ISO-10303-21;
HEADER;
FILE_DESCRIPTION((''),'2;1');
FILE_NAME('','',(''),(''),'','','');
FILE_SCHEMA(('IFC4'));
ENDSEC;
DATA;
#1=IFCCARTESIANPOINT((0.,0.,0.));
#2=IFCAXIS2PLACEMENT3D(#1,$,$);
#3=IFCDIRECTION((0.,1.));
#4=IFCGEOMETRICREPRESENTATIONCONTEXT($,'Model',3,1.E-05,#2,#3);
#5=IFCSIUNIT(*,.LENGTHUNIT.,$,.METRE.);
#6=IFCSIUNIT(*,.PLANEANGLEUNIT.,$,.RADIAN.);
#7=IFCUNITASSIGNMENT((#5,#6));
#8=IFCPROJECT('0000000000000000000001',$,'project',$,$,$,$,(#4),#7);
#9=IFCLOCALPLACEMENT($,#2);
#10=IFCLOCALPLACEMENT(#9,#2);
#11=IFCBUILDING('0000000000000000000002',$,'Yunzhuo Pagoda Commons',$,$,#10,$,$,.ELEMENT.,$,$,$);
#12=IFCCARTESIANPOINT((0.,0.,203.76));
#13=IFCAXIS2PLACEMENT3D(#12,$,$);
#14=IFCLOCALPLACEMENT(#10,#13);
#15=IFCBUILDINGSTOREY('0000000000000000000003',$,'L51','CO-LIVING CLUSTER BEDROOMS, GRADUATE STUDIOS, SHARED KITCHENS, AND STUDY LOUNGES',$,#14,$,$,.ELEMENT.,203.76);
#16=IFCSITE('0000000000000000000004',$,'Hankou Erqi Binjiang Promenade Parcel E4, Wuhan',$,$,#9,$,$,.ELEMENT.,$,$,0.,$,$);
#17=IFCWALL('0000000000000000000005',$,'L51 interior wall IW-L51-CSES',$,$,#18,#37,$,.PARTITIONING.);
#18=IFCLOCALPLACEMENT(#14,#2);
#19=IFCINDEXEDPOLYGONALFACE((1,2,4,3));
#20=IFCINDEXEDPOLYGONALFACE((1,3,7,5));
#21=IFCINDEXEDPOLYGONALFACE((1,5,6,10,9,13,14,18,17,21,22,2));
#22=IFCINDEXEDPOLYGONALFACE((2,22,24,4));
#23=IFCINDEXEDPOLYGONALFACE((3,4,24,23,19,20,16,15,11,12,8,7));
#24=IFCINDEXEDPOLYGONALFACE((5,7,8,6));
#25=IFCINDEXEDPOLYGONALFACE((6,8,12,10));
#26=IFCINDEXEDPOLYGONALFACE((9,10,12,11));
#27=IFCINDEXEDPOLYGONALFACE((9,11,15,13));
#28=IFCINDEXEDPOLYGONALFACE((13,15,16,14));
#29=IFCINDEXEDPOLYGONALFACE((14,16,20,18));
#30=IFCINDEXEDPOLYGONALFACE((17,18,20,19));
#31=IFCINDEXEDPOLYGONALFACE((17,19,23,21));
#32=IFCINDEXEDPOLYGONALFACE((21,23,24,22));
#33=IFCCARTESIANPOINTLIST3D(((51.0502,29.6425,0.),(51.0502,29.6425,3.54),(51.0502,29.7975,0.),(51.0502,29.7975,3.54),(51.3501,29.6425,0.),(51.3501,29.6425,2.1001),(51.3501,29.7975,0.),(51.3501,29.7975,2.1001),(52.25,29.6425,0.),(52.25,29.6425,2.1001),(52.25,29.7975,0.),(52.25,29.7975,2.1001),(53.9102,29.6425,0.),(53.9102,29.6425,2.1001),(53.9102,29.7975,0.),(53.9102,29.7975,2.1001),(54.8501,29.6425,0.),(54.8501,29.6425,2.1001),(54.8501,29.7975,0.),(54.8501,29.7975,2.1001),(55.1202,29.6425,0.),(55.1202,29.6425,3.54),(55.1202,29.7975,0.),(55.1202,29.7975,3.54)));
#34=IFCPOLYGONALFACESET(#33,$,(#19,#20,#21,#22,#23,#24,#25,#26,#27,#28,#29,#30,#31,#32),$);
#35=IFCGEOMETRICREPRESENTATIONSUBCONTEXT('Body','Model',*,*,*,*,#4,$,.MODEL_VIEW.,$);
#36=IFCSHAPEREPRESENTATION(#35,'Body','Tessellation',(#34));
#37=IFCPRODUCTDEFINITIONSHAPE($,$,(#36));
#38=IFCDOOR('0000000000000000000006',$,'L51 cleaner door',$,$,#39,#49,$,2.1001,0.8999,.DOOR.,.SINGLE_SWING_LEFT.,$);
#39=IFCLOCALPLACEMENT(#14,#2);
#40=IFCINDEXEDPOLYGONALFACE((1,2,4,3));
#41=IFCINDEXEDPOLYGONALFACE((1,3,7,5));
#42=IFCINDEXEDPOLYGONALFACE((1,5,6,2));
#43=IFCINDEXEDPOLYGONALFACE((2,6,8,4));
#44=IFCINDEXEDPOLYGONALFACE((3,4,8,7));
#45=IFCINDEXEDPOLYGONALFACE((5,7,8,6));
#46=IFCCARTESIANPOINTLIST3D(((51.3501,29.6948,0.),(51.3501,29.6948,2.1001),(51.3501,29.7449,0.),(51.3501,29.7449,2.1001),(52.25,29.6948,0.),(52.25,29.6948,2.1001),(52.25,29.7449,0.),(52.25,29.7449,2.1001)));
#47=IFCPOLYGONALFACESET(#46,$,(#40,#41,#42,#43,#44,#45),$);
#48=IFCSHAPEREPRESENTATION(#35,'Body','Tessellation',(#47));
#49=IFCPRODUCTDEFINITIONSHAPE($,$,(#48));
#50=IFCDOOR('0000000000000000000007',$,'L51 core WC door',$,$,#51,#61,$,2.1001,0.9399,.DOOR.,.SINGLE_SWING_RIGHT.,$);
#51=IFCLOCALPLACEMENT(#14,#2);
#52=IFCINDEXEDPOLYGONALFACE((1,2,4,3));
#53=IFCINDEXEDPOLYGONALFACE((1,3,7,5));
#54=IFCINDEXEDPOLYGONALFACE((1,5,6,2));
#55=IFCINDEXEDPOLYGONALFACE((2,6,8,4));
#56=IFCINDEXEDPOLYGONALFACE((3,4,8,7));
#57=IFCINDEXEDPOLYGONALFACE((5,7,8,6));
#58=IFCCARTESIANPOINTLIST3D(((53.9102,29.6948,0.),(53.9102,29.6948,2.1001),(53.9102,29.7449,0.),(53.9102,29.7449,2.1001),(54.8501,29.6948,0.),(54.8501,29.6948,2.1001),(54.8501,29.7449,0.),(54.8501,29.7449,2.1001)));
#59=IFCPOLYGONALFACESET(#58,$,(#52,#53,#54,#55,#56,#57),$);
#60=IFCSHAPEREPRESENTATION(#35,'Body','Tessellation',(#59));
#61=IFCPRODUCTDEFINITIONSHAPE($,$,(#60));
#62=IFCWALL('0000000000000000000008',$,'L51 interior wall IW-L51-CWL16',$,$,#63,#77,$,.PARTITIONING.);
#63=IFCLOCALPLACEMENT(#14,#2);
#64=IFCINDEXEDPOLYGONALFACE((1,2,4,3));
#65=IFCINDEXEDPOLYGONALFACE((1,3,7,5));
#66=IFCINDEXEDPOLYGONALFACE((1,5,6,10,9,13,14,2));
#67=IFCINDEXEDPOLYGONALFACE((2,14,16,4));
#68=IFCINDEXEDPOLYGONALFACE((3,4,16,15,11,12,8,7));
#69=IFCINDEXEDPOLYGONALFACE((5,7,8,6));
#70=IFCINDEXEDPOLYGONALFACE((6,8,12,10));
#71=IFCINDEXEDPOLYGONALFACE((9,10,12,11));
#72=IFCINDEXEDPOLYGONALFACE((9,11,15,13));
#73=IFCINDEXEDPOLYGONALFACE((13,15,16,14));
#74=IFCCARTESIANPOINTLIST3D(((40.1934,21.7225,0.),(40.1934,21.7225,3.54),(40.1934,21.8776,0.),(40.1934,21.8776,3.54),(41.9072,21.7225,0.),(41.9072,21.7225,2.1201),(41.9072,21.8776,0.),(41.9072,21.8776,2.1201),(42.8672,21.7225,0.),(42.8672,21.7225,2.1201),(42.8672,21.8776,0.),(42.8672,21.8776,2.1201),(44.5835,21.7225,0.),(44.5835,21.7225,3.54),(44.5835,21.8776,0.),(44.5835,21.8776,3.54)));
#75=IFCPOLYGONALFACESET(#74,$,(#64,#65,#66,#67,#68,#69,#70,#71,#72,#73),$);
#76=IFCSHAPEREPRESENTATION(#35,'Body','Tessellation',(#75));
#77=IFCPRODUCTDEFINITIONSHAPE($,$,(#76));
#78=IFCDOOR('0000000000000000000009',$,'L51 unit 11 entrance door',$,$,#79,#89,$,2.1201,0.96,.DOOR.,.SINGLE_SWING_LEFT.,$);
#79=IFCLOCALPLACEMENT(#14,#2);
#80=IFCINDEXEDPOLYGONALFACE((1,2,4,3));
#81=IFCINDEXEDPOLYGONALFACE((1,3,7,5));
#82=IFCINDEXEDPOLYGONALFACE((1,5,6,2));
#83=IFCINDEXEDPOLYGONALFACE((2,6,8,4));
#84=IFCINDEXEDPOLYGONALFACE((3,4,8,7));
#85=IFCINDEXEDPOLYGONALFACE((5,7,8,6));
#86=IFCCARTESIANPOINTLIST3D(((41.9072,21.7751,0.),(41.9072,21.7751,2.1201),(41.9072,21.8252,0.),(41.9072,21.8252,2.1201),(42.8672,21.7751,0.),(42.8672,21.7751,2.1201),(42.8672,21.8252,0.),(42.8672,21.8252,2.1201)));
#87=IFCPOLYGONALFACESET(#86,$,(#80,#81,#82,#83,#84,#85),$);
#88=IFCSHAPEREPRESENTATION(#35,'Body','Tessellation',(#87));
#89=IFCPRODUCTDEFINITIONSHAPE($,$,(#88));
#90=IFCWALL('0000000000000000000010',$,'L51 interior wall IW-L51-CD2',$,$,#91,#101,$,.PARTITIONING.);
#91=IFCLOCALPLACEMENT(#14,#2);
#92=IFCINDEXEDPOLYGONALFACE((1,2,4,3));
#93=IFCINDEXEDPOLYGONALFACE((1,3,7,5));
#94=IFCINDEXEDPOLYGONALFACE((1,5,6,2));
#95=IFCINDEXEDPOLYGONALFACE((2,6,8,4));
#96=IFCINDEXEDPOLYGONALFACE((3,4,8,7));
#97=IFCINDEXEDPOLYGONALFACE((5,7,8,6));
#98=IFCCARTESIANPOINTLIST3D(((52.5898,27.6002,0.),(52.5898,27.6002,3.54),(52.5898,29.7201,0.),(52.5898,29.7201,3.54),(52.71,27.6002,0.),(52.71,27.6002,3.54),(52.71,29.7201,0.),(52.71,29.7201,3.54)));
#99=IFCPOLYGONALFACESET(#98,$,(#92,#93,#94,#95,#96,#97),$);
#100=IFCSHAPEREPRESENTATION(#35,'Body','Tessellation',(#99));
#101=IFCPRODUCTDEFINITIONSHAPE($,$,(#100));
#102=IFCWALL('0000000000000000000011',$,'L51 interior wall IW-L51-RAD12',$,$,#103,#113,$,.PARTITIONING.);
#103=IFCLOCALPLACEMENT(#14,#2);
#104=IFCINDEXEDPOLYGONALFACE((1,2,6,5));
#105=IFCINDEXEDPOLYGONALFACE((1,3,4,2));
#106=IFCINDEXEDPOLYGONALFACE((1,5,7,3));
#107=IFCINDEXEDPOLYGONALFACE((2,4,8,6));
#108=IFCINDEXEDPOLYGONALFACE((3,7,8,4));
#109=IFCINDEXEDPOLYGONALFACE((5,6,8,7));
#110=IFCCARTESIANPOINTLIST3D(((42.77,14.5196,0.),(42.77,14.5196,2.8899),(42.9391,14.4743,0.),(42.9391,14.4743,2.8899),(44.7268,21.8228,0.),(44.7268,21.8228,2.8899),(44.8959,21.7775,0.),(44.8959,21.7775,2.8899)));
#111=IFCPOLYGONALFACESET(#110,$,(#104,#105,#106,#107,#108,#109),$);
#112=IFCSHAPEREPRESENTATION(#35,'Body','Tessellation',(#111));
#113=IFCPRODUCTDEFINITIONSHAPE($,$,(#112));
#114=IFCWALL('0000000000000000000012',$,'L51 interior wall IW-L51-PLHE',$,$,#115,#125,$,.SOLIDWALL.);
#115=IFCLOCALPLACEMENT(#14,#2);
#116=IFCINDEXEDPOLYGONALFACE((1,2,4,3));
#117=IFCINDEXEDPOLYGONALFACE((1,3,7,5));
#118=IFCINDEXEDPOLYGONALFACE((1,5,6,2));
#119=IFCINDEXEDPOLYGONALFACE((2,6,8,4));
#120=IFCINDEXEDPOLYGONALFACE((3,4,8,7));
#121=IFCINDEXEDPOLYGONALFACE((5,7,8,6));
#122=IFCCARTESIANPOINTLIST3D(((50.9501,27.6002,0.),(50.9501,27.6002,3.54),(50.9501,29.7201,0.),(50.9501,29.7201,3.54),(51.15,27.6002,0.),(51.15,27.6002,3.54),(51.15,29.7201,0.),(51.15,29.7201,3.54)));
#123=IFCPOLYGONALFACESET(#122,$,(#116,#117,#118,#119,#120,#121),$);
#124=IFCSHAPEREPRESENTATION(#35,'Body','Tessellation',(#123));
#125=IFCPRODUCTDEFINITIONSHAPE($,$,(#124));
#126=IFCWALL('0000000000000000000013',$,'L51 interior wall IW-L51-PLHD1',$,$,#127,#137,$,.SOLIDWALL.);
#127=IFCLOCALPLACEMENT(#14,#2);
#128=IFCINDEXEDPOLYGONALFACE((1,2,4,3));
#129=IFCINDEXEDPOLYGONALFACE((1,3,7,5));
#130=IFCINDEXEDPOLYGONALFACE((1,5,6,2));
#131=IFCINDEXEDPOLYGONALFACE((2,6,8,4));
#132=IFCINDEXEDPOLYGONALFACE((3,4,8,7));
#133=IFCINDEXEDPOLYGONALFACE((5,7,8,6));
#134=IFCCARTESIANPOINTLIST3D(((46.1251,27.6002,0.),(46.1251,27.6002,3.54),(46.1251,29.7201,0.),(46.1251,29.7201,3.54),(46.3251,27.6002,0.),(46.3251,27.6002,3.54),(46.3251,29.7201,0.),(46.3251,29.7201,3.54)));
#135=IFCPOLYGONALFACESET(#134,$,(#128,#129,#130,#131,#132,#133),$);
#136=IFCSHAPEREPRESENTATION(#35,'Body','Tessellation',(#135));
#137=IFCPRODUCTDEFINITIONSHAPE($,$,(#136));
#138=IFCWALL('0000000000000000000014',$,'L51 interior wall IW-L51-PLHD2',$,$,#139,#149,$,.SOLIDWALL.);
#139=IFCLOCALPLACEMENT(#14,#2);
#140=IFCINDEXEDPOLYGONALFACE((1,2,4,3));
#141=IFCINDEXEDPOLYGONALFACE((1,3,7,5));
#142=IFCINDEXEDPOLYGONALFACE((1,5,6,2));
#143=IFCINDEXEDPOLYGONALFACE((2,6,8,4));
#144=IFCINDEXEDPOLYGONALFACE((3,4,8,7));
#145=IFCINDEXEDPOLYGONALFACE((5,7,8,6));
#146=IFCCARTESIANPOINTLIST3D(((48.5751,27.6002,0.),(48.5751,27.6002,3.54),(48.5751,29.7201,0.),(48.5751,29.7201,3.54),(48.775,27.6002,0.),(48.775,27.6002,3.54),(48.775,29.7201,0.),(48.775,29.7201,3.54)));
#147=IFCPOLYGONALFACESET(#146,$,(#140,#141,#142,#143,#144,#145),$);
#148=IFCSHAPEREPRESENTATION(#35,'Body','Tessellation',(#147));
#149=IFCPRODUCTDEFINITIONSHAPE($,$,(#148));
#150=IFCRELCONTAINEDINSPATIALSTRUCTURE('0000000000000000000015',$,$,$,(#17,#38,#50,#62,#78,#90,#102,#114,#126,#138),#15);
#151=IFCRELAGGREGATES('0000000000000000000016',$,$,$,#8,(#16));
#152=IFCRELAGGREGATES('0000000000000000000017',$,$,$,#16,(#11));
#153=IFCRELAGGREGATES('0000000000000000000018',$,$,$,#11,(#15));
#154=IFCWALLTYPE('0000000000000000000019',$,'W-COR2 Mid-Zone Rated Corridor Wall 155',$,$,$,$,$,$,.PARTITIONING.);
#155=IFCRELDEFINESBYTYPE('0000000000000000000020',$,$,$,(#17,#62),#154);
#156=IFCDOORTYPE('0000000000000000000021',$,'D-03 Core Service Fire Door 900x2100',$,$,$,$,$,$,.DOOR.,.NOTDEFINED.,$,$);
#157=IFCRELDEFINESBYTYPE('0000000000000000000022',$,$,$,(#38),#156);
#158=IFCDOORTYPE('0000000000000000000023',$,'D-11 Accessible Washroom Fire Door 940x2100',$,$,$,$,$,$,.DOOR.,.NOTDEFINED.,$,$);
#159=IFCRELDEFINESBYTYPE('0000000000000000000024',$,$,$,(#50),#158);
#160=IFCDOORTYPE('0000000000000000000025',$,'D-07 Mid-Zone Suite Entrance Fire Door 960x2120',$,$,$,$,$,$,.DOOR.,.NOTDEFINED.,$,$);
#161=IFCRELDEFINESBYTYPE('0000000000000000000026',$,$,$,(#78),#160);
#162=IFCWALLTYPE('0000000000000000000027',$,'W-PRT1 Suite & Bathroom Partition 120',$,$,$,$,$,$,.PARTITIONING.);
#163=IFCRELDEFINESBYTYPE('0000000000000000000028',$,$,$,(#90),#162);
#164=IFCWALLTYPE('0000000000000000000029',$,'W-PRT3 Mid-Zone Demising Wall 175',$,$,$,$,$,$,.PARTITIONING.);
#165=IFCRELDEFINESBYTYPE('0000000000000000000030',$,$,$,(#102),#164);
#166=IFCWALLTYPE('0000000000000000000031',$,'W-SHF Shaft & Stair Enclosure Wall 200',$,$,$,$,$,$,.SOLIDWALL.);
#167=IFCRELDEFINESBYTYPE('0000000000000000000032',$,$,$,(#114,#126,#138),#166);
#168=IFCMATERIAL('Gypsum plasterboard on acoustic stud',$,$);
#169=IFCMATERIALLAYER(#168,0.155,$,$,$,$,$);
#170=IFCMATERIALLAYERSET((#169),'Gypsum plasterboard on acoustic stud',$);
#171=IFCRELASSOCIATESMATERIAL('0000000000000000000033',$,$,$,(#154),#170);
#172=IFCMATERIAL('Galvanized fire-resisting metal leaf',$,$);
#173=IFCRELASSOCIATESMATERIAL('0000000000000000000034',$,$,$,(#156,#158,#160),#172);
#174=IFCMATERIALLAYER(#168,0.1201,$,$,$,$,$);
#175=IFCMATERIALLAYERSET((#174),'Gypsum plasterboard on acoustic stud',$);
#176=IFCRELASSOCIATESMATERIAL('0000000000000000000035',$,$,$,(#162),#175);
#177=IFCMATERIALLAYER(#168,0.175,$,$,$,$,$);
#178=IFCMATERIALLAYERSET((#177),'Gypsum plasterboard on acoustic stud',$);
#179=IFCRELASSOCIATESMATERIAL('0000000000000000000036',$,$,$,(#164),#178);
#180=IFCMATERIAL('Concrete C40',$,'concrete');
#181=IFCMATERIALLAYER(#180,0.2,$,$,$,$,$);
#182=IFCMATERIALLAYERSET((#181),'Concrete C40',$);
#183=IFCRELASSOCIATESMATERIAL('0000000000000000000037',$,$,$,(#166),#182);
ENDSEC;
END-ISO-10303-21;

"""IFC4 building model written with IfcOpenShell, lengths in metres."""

from ifc_helpers import new_model, si_unit, direction, frame, frame_2d, origin, origin_with_axes, place, context, subcontext, project, spatial, rectangle, extrude, source, transform, mapped, material, layer, layer_set, type_object, element, fill, save


model = new_model("IFC4")

# Units and contexts
model_context = context("Model", 3, precision=1e-05, world=origin(), true_north=direction((0.0, 1.0)))
body_context = subcontext(model_context, "Body", "Model", "MODEL_VIEW")
ifc_project = project(units=[si_unit("LENGTHUNIT", "METRE"), si_unit("PLANEANGLEUNIT", "RADIAN")], contexts=[model_context])

# Site, building, storey
site_placement = place(None, origin())
site = spatial("IfcSite", under=ifc_project, at=site_placement, Name="Hankou Erqi Binjiang Promenade Parcel E4, Wuhan", CompositionType="ELEMENT", RefElevation=0.0)
building_placement = place(site_placement, origin())
building = spatial("IfcBuilding", under=site, at=building_placement, Name="Yunzhuo Pagoda Commons", CompositionType="ELEMENT")
storey_placement = place(building_placement, frame((0.0, 0.0, 203.76)))
storey = spatial("IfcBuildingStorey", under=building, at=storey_placement, Name="L51", Description="CO-LIVING CLUSTER BEDROOMS, GRADUATE STUDIOS, SHARED KITCHENS, AND STUDY LOUNGES", CompositionType="ELEMENT", Elevation=203.76)

# Wall, openings, doors
ifc_material_1 = material(Name="Gypsum plasterboard on acoustic stud")
ifc_layer_1 = layer(ifc_material_1, 0.155)
ifc_layer_set_1 = layer_set([ifc_layer_1], Name="Gypsum plasterboard on acoustic stud")
wall_type_1 = type_object("IfcWallType", Name="W-COR2 Mid-Zone Rated Corridor Wall 155", PredefinedType="PARTITIONING", material=ifc_layer_set_1)
wall_1_placement = place(storey_placement, frame((51.05, 29.72, 0.0), z_axis=(0.0, 0.0, 1.0), x_axis=(1.0, 0.0, 0.0)))
wall_1 = element("IfcWall", 1, at=wall_1_placement, inside=storey, type_object=wall_type_1, Name="L51 interior wall IW-L51-CSES", PredefinedType="PARTITIONING", context=body_context, shape_type="SweptSolid", body=[
    extrude(rectangle(XDim=4.0701, YDim=0.155, at=frame_2d((2.0352, 0.0))), origin(), (0.0, 0.0, 1.0), 3.54),
])
opening_1_placement = place(wall_1_placement, frame((0.3, 0.0, 0.0)))
opening_1 = element("IfcOpeningElement", 2, at=opening_1_placement, cuts=wall_1, PredefinedType="OPENING", context=body_context, shape_type="SweptSolid", body=[
    extrude(rectangle(XDim=0.8999, YDim=2.1001, at=frame_2d((0.45, 1.05))), frame((0.0, 0.0874, 0.0), z_axis=(0.0, -1.0, 0.0), x_axis=(1.0, 0.0, 0.0)), (0.0, 0.0, 1.0), 0.175),
])
opening_2_placement = place(wall_1_placement, frame((2.8601, 0.0, 0.0)))
opening_2 = element("IfcOpeningElement", 3, at=opening_2_placement, cuts=wall_1, PredefinedType="OPENING", context=body_context, shape_type="SweptSolid", body=[
    extrude(rectangle(XDim=0.9399, YDim=2.1001, at=frame_2d((0.47, 1.05))), frame((0.0, 0.0874, 0.0), z_axis=(0.0, -1.0, 0.0), x_axis=(1.0, 0.0, 0.0)), (0.0, 0.0, 1.0), 0.175),
])
ifc_material_2 = material(Name="Galvanized fire-resisting metal leaf")
door_type_1 = type_object("IfcDoorType", Name="D-03 Core Service Fire Door 900x2100", OperationType="NOTDEFINED", PredefinedType="DOOR", material=ifc_material_2)
shared_shape_1 = source(origin(), body_context, "Body", "SweptSolid", [
    extrude(rectangle(XDim=0.8999, YDim=2.1001, at=frame_2d((0.45, 1.05))), frame((0.0, 0.0249, 0.0), z_axis=(0.0, -1.0, 0.0), x_axis=(1.0, 0.0, 0.0)), (0.0, 0.0, 1.0), 0.05),
])
door_1_placement = place(opening_1_placement, origin_with_axes())
door_1 = element("IfcDoor", 4, at=door_1_placement, inside=storey, type_object=door_type_1, Name="L51 cleaner door", OperationType="SINGLE_SWING_LEFT", OverallHeight=2.1001, OverallWidth=0.8999, PredefinedType="DOOR", context=body_context, shape_type="MappedRepresentation", body=[
    mapped(shared_shape_1, transform((0.0, 0.0, 0.0), scale=1.0)),
])
fill(opening_1, door_1)
door_type_2 = type_object("IfcDoorType", Name="D-11 Accessible Washroom Fire Door 940x2100", OperationType="NOTDEFINED", PredefinedType="DOOR", material=ifc_material_2)
shared_shape_2 = source(origin(), body_context, "Body", "SweptSolid", [
    extrude(rectangle(XDim=0.9399, YDim=2.1001, at=frame_2d((0.47, 1.05))), frame((0.0, 0.0249, 0.0), z_axis=(0.0, -1.0, 0.0), x_axis=(1.0, 0.0, 0.0)), (0.0, 0.0, 1.0), 0.05),
])
door_2_placement = place(opening_2_placement, origin_with_axes())
door_2 = element("IfcDoor", 5, at=door_2_placement, inside=storey, type_object=door_type_2, Name="L51 core WC door", OperationType="SINGLE_SWING_RIGHT", OverallHeight=2.1001, OverallWidth=0.9399, PredefinedType="DOOR", context=body_context, shape_type="MappedRepresentation", body=[
    mapped(shared_shape_2, transform((0.0, 0.0, 0.0), scale=1.0)),
])
fill(opening_2, door_2)

# Wall, opening, door
wall_2_placement = place(storey_placement, frame((44.5835, 21.8, 0.0), z_axis=(0.0, 0.0, 1.0), x_axis=(-1.0, 0.0, 0.0)))
wall_2 = element("IfcWall", 6, at=wall_2_placement, inside=storey, type_object=wall_type_1, Name="L51 interior wall IW-L51-CWL16", PredefinedType="PARTITIONING", context=body_context, shape_type="SweptSolid", body=[
    extrude(rectangle(XDim=4.3901, YDim=0.155, at=frame_2d((2.1951, 0.0))), origin(), (0.0, 0.0, 1.0), 3.54),
])
opening_3_placement = place(wall_2_placement, frame((1.7163, 0.0, 0.0)))
opening_3 = element("IfcOpeningElement", 7, at=opening_3_placement, cuts=wall_2, PredefinedType="OPENING", context=body_context, shape_type="SweptSolid", body=[
    extrude(rectangle(XDim=0.96, YDim=2.1201, at=frame_2d((0.48, 1.0601))), frame((0.0, 0.0874, 0.0), z_axis=(0.0, -1.0, 0.0), x_axis=(1.0, 0.0, 0.0)), (0.0, 0.0, 1.0), 0.175),
])
door_type_3 = type_object("IfcDoorType", Name="D-07 Mid-Zone Suite Entrance Fire Door 960x2120", OperationType="NOTDEFINED", PredefinedType="DOOR", material=ifc_material_2)
shared_shape_3 = source(origin(), body_context, "Body", "SweptSolid", [
    extrude(rectangle(XDim=0.96, YDim=2.1201, at=frame_2d((0.48, 1.0601))), frame((0.0, 0.0249, 0.0), z_axis=(0.0, -1.0, 0.0), x_axis=(1.0, 0.0, 0.0)), (0.0, 0.0, 1.0), 0.05),
])
door_3_placement = place(opening_3_placement, origin_with_axes())
door_3 = element("IfcDoor", 8, at=door_3_placement, inside=storey, type_object=door_type_3, Name="L51 unit 11 entrance door", OperationType="SINGLE_SWING_LEFT", OverallHeight=2.1201, OverallWidth=0.96, PredefinedType="DOOR", context=body_context, shape_type="MappedRepresentation", body=[
    mapped(shared_shape_3, transform((0.0, 0.0, 0.0), scale=1.0)),
])
fill(opening_3, door_3)

# Walls
ifc_layer_2 = layer(ifc_material_1, 0.1201)
ifc_layer_set_2 = layer_set([ifc_layer_2], Name="Gypsum plasterboard on acoustic stud")
wall_type_2 = type_object("IfcWallType", Name="W-PRT1 Suite & Bathroom Partition 120", PredefinedType="PARTITIONING", material=ifc_layer_set_2)
wall_3_placement = place(storey_placement, frame((52.6499, 27.6001, 0.0), z_axis=(0.0, 0.0, 1.0), x_axis=(0.0, 1.0, 0.0)))
element("IfcWall", 9, at=wall_3_placement, inside=storey, type_object=wall_type_2, Name="L51 interior wall IW-L51-CD2", PredefinedType="PARTITIONING", context=body_context, shape_type="SweptSolid", body=[
    extrude(rectangle(XDim=2.1199, YDim=0.1201, at=frame_2d((1.0601, 0.0))), origin(), (0.0, 0.0, 1.0), 3.54),
])
ifc_layer_3 = layer(ifc_material_1, 0.175)
ifc_layer_set_3 = layer_set([ifc_layer_3], Name="Gypsum plasterboard on acoustic stud")
wall_type_3 = type_object("IfcWallType", Name="W-PRT3 Mid-Zone Demising Wall 175", PredefinedType="PARTITIONING", material=ifc_layer_set_3)
wall_4_placement = place(storey_placement, frame((44.8113, 21.8, 0.0), z_axis=(0.0, 0.0, 1.0), x_axis=(-0.258806, -0.965929, 0.0)))
element("IfcWall", 10, at=wall_4_placement, inside=storey, type_object=wall_type_3, Name="L51 interior wall IW-L51-RAD12", PredefinedType="PARTITIONING", context=body_context, shape_type="SweptSolid", body=[
    extrude(rectangle(XDim=7.5608, YDim=0.175, at=frame_2d((3.7803, 0.0))), origin(), (0.0, 0.0, 1.0), 2.8899),
])
ifc_material_3 = material(Name="Concrete C40", Category="concrete")
ifc_layer_4 = layer(ifc_material_3, 0.2)
ifc_layer_set_4 = layer_set([ifc_layer_4], Name="Concrete C40")
wall_type_4 = type_object("IfcWallType", Name="W-SHF Shaft & Stair Enclosure Wall 200", PredefinedType="SOLIDWALL", material=ifc_layer_set_4)
for number, where, z_axis, x_axis, name in (
    (11, (51.05, 27.6001, 0.0), (0.0, 0.0, 1.0), (0.0, 1.0, 0.0), "L51 interior wall IW-L51-PLHE"),
    (12, (46.2251, 27.6001, 0.0), (0.0, 0.0, 1.0), (0.0, 1.0, 0.0), "L51 interior wall IW-L51-PLHD1"),
    (13, (48.675, 27.6001, 0.0), (0.0, 0.0, 1.0), (0.0, 1.0, 0.0), "L51 interior wall IW-L51-PLHD2"),
):
    element("IfcWall", number, at=place(storey_placement, frame(where, z_axis=z_axis, x_axis=x_axis)), inside=storey, type_object=wall_type_4, Name=name, PredefinedType="SOLIDWALL", context=body_context, shape_type="SweptSolid", body=[
        extrude(rectangle(XDim=2.1199, YDim=0.2, at=frame_2d((1.0601, 0.0))), origin(), (0.0, 0.0, 1.0), 3.54),
    ])

save(model, "model.ifc")
